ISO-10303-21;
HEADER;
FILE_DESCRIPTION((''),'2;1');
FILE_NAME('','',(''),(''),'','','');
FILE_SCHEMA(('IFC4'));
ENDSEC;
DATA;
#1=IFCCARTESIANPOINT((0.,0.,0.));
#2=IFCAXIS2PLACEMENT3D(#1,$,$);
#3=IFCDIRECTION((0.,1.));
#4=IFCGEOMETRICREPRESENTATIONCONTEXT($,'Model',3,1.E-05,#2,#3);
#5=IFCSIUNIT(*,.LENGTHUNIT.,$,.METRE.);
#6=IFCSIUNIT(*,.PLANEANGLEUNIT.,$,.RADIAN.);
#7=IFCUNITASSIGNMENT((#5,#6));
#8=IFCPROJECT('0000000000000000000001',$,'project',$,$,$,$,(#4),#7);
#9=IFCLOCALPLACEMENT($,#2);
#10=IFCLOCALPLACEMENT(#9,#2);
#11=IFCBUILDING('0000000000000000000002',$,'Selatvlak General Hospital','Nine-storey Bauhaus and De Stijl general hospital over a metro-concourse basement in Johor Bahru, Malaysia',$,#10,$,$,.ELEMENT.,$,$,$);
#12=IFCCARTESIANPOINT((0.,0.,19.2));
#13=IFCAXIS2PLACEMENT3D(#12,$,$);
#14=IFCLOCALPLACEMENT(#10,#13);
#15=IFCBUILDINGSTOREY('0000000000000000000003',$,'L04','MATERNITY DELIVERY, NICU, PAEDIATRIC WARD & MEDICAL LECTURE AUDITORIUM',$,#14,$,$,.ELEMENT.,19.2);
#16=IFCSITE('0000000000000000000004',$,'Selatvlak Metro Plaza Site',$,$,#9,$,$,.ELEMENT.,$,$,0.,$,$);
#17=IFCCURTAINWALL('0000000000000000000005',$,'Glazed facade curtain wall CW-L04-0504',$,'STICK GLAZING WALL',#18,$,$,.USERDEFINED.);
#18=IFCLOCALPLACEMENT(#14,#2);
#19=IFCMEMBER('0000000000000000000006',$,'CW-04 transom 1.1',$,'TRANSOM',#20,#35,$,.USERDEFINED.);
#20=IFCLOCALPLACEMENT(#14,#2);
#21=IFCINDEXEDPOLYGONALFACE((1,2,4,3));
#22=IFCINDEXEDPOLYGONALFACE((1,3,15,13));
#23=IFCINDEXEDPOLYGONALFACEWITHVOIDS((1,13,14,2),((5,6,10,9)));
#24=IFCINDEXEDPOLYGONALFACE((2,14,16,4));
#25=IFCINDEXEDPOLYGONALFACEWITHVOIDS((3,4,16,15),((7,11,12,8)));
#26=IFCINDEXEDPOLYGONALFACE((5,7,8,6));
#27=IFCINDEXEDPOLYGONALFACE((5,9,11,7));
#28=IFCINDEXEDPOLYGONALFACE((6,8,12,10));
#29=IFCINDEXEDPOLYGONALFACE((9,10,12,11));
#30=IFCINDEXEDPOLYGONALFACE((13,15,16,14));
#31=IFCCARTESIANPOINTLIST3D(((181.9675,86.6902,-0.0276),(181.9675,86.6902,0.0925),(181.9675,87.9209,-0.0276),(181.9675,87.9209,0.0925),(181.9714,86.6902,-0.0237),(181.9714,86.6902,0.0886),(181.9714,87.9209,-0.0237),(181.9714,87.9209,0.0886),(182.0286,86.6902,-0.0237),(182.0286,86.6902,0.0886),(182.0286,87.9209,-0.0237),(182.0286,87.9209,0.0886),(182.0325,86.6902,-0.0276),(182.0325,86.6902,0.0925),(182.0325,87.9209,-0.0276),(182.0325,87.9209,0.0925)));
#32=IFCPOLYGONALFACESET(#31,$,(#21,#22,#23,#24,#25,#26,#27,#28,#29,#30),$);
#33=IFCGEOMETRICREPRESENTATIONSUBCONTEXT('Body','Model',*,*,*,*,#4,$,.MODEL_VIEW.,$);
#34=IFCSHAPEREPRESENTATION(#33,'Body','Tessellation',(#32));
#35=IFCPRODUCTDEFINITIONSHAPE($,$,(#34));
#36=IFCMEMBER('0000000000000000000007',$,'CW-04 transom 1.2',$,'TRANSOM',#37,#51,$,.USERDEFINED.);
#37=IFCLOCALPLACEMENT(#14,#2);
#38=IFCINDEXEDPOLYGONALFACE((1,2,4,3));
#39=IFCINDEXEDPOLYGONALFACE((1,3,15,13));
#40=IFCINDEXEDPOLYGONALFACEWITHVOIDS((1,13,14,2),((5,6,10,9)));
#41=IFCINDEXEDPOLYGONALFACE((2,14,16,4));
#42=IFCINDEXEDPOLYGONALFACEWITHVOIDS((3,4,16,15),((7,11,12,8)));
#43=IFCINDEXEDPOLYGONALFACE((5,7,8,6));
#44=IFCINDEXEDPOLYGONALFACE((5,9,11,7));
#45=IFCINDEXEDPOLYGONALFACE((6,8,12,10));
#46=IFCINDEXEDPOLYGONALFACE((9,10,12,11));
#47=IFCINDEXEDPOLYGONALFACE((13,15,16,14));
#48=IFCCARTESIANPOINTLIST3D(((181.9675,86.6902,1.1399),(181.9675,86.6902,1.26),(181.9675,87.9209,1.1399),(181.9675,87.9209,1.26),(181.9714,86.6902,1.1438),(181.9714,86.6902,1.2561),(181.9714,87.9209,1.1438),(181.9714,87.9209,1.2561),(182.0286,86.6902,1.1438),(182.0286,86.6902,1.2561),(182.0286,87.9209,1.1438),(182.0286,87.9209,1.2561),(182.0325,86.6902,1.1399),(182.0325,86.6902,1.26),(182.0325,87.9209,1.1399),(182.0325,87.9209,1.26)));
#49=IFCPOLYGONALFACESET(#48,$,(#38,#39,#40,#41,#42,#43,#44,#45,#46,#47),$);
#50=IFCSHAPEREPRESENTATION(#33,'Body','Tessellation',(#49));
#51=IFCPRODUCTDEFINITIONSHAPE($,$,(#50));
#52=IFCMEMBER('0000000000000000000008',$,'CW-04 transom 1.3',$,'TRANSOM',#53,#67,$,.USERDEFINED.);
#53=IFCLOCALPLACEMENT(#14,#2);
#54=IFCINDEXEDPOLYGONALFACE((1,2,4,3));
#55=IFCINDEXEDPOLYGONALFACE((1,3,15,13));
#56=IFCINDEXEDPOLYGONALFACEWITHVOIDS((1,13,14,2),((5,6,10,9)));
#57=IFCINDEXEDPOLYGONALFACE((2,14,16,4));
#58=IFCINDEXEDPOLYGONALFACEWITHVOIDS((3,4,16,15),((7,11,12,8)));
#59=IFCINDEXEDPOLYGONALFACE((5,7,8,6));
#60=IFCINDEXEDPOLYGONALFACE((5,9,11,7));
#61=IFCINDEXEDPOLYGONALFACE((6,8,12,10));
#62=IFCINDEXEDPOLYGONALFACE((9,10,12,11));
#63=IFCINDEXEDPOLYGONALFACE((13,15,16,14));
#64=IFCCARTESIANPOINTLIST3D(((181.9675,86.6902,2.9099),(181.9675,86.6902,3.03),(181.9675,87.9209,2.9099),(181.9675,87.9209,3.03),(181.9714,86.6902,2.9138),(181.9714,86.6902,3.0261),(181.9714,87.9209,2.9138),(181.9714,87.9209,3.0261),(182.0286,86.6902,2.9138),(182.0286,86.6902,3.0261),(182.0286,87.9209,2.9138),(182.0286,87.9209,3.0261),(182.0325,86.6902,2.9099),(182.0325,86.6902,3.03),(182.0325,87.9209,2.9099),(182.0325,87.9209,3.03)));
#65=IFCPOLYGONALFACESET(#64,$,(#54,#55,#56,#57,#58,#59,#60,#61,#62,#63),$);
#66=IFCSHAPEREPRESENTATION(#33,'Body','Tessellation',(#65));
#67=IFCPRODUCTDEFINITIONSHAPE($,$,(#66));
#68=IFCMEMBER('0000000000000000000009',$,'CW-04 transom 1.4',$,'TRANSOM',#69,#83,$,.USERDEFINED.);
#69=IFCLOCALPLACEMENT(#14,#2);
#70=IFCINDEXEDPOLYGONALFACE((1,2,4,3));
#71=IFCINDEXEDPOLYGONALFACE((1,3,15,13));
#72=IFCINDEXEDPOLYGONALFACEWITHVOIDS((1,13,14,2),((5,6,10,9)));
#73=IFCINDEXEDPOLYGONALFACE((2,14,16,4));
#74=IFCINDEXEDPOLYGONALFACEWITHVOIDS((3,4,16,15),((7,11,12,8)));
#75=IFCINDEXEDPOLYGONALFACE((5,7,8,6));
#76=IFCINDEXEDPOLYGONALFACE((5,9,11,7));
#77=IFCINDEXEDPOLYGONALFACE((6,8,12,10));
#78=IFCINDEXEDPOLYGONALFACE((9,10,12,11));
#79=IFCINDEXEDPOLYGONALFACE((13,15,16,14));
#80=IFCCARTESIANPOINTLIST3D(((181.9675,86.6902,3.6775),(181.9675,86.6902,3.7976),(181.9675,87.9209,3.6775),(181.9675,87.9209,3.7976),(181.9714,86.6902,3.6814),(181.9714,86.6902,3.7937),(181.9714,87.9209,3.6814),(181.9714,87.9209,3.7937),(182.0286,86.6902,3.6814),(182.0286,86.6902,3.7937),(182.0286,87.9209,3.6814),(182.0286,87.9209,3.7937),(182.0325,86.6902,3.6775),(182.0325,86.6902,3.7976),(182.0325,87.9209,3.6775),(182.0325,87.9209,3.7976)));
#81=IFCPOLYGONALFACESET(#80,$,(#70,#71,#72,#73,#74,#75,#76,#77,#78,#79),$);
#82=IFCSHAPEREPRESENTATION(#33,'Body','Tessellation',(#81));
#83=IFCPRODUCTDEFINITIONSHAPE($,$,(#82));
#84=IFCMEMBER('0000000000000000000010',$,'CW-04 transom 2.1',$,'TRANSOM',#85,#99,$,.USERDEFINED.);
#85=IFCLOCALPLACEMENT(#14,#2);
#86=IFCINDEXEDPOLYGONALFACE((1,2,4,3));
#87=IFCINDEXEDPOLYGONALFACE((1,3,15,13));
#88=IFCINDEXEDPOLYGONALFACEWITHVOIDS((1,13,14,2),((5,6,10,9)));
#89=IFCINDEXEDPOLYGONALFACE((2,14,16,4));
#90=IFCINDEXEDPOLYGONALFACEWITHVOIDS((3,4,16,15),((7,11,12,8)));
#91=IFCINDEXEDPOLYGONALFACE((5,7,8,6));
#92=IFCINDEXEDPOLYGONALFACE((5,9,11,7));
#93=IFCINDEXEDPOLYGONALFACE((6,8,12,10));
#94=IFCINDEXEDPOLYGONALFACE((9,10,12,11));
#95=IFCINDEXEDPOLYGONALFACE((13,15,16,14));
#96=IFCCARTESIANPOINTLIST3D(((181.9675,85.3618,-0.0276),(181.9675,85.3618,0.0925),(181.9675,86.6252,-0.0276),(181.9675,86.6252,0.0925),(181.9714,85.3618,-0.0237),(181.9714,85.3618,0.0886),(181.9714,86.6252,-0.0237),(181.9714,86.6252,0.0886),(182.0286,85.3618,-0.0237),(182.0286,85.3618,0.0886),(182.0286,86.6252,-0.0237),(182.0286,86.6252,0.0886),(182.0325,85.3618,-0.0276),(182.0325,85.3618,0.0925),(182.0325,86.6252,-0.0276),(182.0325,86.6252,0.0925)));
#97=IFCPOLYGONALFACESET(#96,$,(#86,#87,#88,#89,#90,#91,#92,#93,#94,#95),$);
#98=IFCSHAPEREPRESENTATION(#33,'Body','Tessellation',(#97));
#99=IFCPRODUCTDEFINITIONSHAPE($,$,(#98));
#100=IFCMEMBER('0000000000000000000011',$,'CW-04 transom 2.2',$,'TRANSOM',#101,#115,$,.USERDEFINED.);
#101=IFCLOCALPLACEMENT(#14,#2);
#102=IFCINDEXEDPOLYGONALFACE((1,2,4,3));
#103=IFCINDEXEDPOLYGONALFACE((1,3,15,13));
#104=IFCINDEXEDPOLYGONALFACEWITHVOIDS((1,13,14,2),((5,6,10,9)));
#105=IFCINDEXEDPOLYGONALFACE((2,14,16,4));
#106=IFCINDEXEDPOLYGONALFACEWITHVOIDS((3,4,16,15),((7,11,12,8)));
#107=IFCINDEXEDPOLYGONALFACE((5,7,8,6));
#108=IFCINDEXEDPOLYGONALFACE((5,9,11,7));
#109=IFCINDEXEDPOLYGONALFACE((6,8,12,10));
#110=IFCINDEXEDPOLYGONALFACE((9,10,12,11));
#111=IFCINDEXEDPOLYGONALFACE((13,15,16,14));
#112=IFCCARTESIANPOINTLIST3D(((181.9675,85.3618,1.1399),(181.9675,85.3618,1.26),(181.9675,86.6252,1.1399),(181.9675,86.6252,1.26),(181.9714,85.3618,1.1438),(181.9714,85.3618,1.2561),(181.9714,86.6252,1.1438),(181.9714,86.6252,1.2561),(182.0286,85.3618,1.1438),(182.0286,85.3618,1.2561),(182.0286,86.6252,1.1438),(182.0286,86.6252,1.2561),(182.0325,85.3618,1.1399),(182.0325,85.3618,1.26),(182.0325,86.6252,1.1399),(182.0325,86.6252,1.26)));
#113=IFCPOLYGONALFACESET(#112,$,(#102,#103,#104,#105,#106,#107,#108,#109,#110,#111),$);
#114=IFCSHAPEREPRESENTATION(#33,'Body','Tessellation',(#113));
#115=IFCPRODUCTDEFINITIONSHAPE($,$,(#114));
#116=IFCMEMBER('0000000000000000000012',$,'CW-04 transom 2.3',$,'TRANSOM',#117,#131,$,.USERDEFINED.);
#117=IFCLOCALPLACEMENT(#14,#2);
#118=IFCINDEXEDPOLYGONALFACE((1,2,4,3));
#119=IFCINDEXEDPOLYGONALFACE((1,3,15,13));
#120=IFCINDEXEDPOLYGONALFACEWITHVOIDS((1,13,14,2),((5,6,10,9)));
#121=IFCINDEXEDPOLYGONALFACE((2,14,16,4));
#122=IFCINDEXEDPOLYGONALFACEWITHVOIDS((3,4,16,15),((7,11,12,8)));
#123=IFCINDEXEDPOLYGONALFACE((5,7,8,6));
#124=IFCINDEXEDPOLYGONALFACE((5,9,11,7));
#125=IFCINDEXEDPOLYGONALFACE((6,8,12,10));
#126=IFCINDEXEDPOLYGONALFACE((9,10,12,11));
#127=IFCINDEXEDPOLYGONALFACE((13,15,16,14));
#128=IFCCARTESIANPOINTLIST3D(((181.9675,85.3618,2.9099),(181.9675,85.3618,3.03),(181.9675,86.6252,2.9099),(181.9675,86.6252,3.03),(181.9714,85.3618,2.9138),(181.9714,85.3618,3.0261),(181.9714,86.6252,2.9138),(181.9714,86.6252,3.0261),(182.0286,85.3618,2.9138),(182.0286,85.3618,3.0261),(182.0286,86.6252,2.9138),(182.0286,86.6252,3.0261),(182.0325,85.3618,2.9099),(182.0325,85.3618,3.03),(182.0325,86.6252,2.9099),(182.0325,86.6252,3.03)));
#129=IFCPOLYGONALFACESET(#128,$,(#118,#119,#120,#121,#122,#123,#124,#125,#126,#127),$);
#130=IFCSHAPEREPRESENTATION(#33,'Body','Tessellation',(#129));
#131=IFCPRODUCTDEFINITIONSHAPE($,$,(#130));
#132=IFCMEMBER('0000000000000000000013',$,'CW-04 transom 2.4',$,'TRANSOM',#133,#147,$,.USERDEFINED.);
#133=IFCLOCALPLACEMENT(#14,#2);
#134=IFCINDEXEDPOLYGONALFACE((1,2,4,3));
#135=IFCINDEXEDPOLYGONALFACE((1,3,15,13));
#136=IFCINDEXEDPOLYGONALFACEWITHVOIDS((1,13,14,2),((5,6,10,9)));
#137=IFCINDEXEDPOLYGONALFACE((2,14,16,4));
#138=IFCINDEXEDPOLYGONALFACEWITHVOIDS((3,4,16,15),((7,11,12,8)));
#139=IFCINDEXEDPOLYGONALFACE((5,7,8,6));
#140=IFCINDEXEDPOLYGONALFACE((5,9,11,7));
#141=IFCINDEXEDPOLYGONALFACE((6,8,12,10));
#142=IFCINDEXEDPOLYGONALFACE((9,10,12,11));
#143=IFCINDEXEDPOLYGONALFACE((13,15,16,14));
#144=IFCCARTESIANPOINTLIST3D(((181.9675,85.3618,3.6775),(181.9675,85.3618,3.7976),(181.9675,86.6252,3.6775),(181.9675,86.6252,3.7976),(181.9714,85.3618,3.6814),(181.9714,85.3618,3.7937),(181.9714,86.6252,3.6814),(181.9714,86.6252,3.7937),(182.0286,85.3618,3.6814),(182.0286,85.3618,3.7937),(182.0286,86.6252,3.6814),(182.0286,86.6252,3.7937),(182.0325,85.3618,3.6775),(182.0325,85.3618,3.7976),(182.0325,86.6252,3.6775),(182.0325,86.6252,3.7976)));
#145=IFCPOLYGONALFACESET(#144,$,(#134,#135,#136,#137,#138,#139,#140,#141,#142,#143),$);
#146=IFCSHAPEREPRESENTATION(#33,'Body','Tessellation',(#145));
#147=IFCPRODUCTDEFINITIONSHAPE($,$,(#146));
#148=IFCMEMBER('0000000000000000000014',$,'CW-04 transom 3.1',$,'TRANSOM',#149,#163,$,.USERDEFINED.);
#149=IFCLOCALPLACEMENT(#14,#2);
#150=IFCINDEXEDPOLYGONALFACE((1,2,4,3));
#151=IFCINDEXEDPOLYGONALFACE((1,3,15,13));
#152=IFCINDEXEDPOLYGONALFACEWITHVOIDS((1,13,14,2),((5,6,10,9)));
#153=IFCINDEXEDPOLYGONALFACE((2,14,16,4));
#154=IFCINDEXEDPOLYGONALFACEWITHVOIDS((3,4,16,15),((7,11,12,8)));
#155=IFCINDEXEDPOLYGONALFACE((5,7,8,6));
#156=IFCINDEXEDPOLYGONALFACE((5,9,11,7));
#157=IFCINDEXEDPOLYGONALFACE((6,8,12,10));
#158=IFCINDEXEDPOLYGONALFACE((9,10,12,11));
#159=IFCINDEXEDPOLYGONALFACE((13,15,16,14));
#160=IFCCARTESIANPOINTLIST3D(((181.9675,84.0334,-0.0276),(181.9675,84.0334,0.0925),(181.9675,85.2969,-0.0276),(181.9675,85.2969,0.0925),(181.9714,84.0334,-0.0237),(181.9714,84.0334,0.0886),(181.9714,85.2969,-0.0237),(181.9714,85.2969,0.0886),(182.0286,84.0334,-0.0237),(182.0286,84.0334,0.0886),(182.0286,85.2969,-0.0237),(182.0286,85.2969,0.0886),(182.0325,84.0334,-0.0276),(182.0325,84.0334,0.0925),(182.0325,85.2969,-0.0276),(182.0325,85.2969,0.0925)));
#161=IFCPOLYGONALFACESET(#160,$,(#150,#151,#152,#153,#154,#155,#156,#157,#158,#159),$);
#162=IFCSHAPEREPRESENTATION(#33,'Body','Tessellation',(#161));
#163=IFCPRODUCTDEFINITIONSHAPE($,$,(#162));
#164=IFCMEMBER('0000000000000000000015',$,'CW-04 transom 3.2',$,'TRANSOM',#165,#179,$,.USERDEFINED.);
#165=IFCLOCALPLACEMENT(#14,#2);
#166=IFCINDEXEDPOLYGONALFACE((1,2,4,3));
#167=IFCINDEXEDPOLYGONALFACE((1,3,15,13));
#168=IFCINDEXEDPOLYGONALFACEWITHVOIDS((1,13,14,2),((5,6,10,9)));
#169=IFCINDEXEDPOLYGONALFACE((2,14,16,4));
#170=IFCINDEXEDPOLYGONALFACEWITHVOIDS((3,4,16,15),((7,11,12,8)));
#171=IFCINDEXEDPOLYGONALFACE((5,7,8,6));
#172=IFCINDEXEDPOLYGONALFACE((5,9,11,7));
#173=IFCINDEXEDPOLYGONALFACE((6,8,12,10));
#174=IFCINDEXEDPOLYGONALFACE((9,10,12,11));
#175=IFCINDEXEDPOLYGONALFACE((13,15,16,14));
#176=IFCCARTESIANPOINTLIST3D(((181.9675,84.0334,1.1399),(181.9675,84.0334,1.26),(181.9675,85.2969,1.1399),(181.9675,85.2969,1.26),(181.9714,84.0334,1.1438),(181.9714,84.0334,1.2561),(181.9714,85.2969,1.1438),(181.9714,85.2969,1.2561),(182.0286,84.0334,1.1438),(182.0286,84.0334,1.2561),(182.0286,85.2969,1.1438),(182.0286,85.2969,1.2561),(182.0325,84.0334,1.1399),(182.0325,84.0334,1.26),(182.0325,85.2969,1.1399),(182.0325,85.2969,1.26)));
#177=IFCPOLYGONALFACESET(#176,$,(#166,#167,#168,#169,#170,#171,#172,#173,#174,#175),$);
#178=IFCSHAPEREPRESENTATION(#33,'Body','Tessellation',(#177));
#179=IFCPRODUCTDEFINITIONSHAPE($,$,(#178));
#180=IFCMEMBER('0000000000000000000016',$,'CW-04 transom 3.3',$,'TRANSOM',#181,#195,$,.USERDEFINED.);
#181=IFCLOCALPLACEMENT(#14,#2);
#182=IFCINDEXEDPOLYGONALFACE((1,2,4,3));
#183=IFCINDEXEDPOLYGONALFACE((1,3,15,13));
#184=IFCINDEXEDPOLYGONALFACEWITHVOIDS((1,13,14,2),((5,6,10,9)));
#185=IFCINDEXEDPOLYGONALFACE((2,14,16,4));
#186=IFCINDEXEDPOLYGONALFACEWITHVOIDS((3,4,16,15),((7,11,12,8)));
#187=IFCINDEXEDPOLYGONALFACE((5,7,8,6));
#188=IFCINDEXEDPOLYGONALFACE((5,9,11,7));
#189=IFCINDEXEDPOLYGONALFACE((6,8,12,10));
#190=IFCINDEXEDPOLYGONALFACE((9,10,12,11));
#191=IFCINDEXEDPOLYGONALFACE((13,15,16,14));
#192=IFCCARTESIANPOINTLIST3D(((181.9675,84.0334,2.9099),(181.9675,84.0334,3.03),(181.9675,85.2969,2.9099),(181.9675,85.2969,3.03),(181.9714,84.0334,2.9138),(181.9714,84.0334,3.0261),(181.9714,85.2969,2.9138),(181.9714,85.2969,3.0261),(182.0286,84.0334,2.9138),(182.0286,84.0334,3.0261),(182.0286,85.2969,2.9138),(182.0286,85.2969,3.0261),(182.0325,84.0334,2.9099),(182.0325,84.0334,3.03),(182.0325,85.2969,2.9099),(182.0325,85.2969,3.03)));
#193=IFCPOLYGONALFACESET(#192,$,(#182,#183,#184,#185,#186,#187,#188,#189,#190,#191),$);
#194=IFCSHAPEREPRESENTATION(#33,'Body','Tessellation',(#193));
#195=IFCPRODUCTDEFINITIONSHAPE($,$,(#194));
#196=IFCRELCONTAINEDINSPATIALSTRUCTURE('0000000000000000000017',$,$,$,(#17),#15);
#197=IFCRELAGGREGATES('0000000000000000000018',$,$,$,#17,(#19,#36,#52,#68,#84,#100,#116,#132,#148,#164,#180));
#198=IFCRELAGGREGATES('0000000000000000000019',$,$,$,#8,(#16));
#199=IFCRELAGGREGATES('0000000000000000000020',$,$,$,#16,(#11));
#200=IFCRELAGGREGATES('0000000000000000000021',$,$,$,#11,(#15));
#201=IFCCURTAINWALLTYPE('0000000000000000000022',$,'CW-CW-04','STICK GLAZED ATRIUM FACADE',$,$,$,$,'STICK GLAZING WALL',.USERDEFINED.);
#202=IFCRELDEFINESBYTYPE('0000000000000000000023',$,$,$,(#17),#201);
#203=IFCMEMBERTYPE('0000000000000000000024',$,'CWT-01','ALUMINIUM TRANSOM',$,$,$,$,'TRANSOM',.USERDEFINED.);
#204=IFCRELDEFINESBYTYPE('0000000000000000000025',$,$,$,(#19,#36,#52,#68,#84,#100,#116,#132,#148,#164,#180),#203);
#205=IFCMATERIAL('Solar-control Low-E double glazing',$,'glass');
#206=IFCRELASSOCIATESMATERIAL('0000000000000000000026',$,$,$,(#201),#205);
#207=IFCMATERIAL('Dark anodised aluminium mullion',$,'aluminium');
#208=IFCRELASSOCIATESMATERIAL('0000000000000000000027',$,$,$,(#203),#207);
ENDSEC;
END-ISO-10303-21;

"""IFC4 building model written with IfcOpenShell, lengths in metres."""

from ifc_helpers import new_model, si_unit, direction, frame, origin, origin_2d, place, context, subcontext, project, spatial, hollow_rectangle, extrude, material, material_profile, profile_set, type_object, element, aggregate, save


model = new_model("IFC4")

# Units and contexts
model_context = context("Model", 3, precision=1e-05, world=origin(), true_north=direction((0.0, 1.0)))
body_context = subcontext(model_context, "Body", "Model", "MODEL_VIEW")
ifc_project = project(units=[si_unit("LENGTHUNIT", "METRE"), si_unit("PLANEANGLEUNIT", "RADIAN")], contexts=[model_context])

# Site, building, storey
site_placement = place(None, origin())
site = spatial("IfcSite", under=ifc_project, at=site_placement, Name="Selatvlak Metro Plaza Site", CompositionType="ELEMENT", RefElevation=0.0)
building_placement = place(site_placement, origin())
building = spatial("IfcBuilding", under=site, at=building_placement, Name="Selatvlak General Hospital", Description="Nine-storey Bauhaus and De Stijl general hospital over a metro-concourse basement in Johor Bahru, Malaysia", CompositionType="ELEMENT")
storey_placement = place(building_placement, frame((0.0, 0.0, 19.2)))
storey = spatial("IfcBuildingStorey", under=building, at=storey_placement, Name="L04", Description="MATERNITY DELIVERY, NICU, PAEDIATRIC WARD & MEDICAL LECTURE AUDITORIUM", CompositionType="ELEMENT", Elevation=19.2)

# Shared definitions
ifc_material_1 = material(Name="Solar-control Low-E double glazing", Category="glass")
ifc_material_2 = material(Name="Dark anodised aluminium mullion", Category="aluminium")

# Curtain wall, members
curtain_wall_type_1 = type_object("IfcCurtainWallType", Name="CW-CW-04", Description="STICK GLAZED ATRIUM FACADE", ElementType="STICK GLAZING WALL", PredefinedType="USERDEFINED", material=ifc_material_1)
curtain_wall_1_placement = place(storey_placement, origin())
curtain_wall_1 = element("IfcCurtainWall", 1, at=curtain_wall_1_placement, inside=storey, type_object=curtain_wall_type_1, Name="Glazed facade curtain wall CW-L04-0504", ObjectType="STICK GLAZING WALL", PredefinedType="USERDEFINED")
ifc_material_profile_1 = material_profile(ifc_material_2, hollow_rectangle(XDim=0.0649, YDim=0.1201, WallThickness=0.0039, at=origin_2d()), Name="AL-TRN 65x120x4")
ifc_profile_set_1 = profile_set([ifc_material_profile_1], Name="Dark anodised aluminium mullion")
member_type_1 = type_object("IfcMemberType", Name="CWT-01", Description="ALUMINIUM TRANSOM", ElementType="TRANSOM", PredefinedType="USERDEFINED", material=ifc_profile_set_1)
member_1_placement = place(storey_placement, frame((182.0, 87.9209, 0.0325), z_axis=(0.0, -1.0, 0.0), x_axis=(1.0, 0.0, 0.0)))
member_1 = element("IfcMember", 2, at=member_1_placement, type_object=member_type_1, Name="CW-04 transom 1.1", ObjectType="TRANSOM", PredefinedType="USERDEFINED", context=body_context, shape_type="SweptSolid", body=[
    extrude(hollow_rectangle(XDim=0.0649, YDim=0.1201, WallThickness=0.0039, at=origin_2d()), origin(), (0.0, 0.0, 1.0), 1.2307),
])
member_2_placement = place(storey_placement, frame((182.0, 87.9209, 1.2), z_axis=(0.0, -1.0, 0.0), x_axis=(1.0, 0.0, 0.0)))
member_2 = element("IfcMember", 3, at=member_2_placement, type_object=member_type_1, Name="CW-04 transom 1.2", ObjectType="TRANSOM", PredefinedType="USERDEFINED", context=body_context, shape_type="SweptSolid", body=[
    extrude(hollow_rectangle(XDim=0.0649, YDim=0.1201, WallThickness=0.0039, at=origin_2d()), origin(), (0.0, 0.0, 1.0), 1.2307),
])
member_3_placement = place(storey_placement, frame((182.0, 87.9209, 2.97), z_axis=(0.0, -1.0, 0.0), x_axis=(1.0, 0.0, 0.0)))
member_3 = element("IfcMember", 4, at=member_3_placement, type_object=member_type_1, Name="CW-04 transom 1.3", ObjectType="TRANSOM", PredefinedType="USERDEFINED", context=body_context, shape_type="SweptSolid", body=[
    extrude(hollow_rectangle(XDim=0.0649, YDim=0.1201, WallThickness=0.0039, at=origin_2d()), origin(), (0.0, 0.0, 1.0), 1.2307),
])
member_4_placement = place(storey_placement, frame((182.0, 87.9209, 3.7375), z_axis=(0.0, -1.0, 0.0), x_axis=(1.0, 0.0, 0.0)))
member_4 = element("IfcMember", 5, at=member_4_placement, type_object=member_type_1, Name="CW-04 transom 1.4", ObjectType="TRANSOM", PredefinedType="USERDEFINED", context=body_context, shape_type="SweptSolid", body=[
    extrude(hollow_rectangle(XDim=0.0649, YDim=0.1201, WallThickness=0.0039, at=origin_2d()), origin(), (0.0, 0.0, 1.0), 1.2307),
])
member_5_placement = place(storey_placement, frame((182.0, 86.6252, 0.0325), z_axis=(0.0, -1.0, 0.0), x_axis=(1.0, 0.0, 0.0)))
member_5 = element("IfcMember", 6, at=member_5_placement, type_object=member_type_1, Name="CW-04 transom 2.1", ObjectType="TRANSOM", PredefinedType="USERDEFINED", context=body_context, shape_type="SweptSolid", body=[
    extrude(hollow_rectangle(XDim=0.0649, YDim=0.1201, WallThickness=0.0039, at=origin_2d()), origin(), (0.0, 0.0, 1.0), 1.2634),
])
member_6_placement = place(storey_placement, frame((182.0, 86.6252, 1.2), z_axis=(0.0, -1.0, 0.0), x_axis=(1.0, 0.0, 0.0)))
member_6 = element("IfcMember", 7, at=member_6_placement, type_object=member_type_1, Name="CW-04 transom 2.2", ObjectType="TRANSOM", PredefinedType="USERDEFINED", context=body_context, shape_type="SweptSolid", body=[
    extrude(hollow_rectangle(XDim=0.0649, YDim=0.1201, WallThickness=0.0039, at=origin_2d()), origin(), (0.0, 0.0, 1.0), 1.2634),
])
member_7_placement = place(storey_placement, frame((182.0, 86.6252, 2.97), z_axis=(0.0, -1.0, 0.0), x_axis=(1.0, 0.0, 0.0)))
member_7 = element("IfcMember", 8, at=member_7_placement, type_object=member_type_1, Name="CW-04 transom 2.3", ObjectType="TRANSOM", PredefinedType="USERDEFINED", context=body_context, shape_type="SweptSolid", body=[
    extrude(hollow_rectangle(XDim=0.0649, YDim=0.1201, WallThickness=0.0039, at=origin_2d()), origin(), (0.0, 0.0, 1.0), 1.2634),
])
member_8_placement = place(storey_placement, frame((182.0, 86.6252, 3.7375), z_axis=(0.0, -1.0, 0.0), x_axis=(1.0, 0.0, 0.0)))
member_8 = element("IfcMember", 9, at=member_8_placement, type_object=member_type_1, Name="CW-04 transom 2.4", ObjectType="TRANSOM", PredefinedType="USERDEFINED", context=body_context, shape_type="SweptSolid", body=[
    extrude(hollow_rectangle(XDim=0.0649, YDim=0.1201, WallThickness=0.0039, at=origin_2d()), origin(), (0.0, 0.0, 1.0), 1.2634),
])
member_9_placement = place(storey_placement, frame((182.0, 85.2969, 0.0325), z_axis=(0.0, -1.0, 0.0), x_axis=(1.0, 0.0, 0.0)))
member_9 = element("IfcMember", 10, at=member_9_placement, type_object=member_type_1, Name="CW-04 transom 3.1", ObjectType="TRANSOM", PredefinedType="USERDEFINED", context=body_context, shape_type="SweptSolid", body=[
    extrude(hollow_rectangle(XDim=0.0649, YDim=0.1201, WallThickness=0.0039, at=origin_2d()), origin(), (0.0, 0.0, 1.0), 1.2634),
])
member_10_placement = place(storey_placement, frame((182.0, 85.2969, 1.2), z_axis=(0.0, -1.0, 0.0), x_axis=(1.0, 0.0, 0.0)))
member_10 = element("IfcMember", 11, at=member_10_placement, type_object=member_type_1, Name="CW-04 transom 3.2", ObjectType="TRANSOM", PredefinedType="USERDEFINED", context=body_context, shape_type="SweptSolid", body=[
    extrude(hollow_rectangle(XDim=0.0649, YDim=0.1201, WallThickness=0.0039, at=origin_2d()), origin(), (0.0, 0.0, 1.0), 1.2634),
])
member_11_placement = place(storey_placement, frame((182.0, 85.2969, 2.97), z_axis=(0.0, -1.0, 0.0), x_axis=(1.0, 0.0, 0.0)))
member_11 = element("IfcMember", 12, at=member_11_placement, type_object=member_type_1, Name="CW-04 transom 3.3", ObjectType="TRANSOM", PredefinedType="USERDEFINED", context=body_context, shape_type="SweptSolid", body=[
    extrude(hollow_rectangle(XDim=0.0649, YDim=0.1201, WallThickness=0.0039, at=origin_2d()), origin(), (0.0, 0.0, 1.0), 1.2634),
])
aggregate(curtain_wall_1, [member_1, member_2, member_3, member_4, member_5, member_6, member_7, member_8, member_9, member_10, member_11])

save(model, "model.ifc")
